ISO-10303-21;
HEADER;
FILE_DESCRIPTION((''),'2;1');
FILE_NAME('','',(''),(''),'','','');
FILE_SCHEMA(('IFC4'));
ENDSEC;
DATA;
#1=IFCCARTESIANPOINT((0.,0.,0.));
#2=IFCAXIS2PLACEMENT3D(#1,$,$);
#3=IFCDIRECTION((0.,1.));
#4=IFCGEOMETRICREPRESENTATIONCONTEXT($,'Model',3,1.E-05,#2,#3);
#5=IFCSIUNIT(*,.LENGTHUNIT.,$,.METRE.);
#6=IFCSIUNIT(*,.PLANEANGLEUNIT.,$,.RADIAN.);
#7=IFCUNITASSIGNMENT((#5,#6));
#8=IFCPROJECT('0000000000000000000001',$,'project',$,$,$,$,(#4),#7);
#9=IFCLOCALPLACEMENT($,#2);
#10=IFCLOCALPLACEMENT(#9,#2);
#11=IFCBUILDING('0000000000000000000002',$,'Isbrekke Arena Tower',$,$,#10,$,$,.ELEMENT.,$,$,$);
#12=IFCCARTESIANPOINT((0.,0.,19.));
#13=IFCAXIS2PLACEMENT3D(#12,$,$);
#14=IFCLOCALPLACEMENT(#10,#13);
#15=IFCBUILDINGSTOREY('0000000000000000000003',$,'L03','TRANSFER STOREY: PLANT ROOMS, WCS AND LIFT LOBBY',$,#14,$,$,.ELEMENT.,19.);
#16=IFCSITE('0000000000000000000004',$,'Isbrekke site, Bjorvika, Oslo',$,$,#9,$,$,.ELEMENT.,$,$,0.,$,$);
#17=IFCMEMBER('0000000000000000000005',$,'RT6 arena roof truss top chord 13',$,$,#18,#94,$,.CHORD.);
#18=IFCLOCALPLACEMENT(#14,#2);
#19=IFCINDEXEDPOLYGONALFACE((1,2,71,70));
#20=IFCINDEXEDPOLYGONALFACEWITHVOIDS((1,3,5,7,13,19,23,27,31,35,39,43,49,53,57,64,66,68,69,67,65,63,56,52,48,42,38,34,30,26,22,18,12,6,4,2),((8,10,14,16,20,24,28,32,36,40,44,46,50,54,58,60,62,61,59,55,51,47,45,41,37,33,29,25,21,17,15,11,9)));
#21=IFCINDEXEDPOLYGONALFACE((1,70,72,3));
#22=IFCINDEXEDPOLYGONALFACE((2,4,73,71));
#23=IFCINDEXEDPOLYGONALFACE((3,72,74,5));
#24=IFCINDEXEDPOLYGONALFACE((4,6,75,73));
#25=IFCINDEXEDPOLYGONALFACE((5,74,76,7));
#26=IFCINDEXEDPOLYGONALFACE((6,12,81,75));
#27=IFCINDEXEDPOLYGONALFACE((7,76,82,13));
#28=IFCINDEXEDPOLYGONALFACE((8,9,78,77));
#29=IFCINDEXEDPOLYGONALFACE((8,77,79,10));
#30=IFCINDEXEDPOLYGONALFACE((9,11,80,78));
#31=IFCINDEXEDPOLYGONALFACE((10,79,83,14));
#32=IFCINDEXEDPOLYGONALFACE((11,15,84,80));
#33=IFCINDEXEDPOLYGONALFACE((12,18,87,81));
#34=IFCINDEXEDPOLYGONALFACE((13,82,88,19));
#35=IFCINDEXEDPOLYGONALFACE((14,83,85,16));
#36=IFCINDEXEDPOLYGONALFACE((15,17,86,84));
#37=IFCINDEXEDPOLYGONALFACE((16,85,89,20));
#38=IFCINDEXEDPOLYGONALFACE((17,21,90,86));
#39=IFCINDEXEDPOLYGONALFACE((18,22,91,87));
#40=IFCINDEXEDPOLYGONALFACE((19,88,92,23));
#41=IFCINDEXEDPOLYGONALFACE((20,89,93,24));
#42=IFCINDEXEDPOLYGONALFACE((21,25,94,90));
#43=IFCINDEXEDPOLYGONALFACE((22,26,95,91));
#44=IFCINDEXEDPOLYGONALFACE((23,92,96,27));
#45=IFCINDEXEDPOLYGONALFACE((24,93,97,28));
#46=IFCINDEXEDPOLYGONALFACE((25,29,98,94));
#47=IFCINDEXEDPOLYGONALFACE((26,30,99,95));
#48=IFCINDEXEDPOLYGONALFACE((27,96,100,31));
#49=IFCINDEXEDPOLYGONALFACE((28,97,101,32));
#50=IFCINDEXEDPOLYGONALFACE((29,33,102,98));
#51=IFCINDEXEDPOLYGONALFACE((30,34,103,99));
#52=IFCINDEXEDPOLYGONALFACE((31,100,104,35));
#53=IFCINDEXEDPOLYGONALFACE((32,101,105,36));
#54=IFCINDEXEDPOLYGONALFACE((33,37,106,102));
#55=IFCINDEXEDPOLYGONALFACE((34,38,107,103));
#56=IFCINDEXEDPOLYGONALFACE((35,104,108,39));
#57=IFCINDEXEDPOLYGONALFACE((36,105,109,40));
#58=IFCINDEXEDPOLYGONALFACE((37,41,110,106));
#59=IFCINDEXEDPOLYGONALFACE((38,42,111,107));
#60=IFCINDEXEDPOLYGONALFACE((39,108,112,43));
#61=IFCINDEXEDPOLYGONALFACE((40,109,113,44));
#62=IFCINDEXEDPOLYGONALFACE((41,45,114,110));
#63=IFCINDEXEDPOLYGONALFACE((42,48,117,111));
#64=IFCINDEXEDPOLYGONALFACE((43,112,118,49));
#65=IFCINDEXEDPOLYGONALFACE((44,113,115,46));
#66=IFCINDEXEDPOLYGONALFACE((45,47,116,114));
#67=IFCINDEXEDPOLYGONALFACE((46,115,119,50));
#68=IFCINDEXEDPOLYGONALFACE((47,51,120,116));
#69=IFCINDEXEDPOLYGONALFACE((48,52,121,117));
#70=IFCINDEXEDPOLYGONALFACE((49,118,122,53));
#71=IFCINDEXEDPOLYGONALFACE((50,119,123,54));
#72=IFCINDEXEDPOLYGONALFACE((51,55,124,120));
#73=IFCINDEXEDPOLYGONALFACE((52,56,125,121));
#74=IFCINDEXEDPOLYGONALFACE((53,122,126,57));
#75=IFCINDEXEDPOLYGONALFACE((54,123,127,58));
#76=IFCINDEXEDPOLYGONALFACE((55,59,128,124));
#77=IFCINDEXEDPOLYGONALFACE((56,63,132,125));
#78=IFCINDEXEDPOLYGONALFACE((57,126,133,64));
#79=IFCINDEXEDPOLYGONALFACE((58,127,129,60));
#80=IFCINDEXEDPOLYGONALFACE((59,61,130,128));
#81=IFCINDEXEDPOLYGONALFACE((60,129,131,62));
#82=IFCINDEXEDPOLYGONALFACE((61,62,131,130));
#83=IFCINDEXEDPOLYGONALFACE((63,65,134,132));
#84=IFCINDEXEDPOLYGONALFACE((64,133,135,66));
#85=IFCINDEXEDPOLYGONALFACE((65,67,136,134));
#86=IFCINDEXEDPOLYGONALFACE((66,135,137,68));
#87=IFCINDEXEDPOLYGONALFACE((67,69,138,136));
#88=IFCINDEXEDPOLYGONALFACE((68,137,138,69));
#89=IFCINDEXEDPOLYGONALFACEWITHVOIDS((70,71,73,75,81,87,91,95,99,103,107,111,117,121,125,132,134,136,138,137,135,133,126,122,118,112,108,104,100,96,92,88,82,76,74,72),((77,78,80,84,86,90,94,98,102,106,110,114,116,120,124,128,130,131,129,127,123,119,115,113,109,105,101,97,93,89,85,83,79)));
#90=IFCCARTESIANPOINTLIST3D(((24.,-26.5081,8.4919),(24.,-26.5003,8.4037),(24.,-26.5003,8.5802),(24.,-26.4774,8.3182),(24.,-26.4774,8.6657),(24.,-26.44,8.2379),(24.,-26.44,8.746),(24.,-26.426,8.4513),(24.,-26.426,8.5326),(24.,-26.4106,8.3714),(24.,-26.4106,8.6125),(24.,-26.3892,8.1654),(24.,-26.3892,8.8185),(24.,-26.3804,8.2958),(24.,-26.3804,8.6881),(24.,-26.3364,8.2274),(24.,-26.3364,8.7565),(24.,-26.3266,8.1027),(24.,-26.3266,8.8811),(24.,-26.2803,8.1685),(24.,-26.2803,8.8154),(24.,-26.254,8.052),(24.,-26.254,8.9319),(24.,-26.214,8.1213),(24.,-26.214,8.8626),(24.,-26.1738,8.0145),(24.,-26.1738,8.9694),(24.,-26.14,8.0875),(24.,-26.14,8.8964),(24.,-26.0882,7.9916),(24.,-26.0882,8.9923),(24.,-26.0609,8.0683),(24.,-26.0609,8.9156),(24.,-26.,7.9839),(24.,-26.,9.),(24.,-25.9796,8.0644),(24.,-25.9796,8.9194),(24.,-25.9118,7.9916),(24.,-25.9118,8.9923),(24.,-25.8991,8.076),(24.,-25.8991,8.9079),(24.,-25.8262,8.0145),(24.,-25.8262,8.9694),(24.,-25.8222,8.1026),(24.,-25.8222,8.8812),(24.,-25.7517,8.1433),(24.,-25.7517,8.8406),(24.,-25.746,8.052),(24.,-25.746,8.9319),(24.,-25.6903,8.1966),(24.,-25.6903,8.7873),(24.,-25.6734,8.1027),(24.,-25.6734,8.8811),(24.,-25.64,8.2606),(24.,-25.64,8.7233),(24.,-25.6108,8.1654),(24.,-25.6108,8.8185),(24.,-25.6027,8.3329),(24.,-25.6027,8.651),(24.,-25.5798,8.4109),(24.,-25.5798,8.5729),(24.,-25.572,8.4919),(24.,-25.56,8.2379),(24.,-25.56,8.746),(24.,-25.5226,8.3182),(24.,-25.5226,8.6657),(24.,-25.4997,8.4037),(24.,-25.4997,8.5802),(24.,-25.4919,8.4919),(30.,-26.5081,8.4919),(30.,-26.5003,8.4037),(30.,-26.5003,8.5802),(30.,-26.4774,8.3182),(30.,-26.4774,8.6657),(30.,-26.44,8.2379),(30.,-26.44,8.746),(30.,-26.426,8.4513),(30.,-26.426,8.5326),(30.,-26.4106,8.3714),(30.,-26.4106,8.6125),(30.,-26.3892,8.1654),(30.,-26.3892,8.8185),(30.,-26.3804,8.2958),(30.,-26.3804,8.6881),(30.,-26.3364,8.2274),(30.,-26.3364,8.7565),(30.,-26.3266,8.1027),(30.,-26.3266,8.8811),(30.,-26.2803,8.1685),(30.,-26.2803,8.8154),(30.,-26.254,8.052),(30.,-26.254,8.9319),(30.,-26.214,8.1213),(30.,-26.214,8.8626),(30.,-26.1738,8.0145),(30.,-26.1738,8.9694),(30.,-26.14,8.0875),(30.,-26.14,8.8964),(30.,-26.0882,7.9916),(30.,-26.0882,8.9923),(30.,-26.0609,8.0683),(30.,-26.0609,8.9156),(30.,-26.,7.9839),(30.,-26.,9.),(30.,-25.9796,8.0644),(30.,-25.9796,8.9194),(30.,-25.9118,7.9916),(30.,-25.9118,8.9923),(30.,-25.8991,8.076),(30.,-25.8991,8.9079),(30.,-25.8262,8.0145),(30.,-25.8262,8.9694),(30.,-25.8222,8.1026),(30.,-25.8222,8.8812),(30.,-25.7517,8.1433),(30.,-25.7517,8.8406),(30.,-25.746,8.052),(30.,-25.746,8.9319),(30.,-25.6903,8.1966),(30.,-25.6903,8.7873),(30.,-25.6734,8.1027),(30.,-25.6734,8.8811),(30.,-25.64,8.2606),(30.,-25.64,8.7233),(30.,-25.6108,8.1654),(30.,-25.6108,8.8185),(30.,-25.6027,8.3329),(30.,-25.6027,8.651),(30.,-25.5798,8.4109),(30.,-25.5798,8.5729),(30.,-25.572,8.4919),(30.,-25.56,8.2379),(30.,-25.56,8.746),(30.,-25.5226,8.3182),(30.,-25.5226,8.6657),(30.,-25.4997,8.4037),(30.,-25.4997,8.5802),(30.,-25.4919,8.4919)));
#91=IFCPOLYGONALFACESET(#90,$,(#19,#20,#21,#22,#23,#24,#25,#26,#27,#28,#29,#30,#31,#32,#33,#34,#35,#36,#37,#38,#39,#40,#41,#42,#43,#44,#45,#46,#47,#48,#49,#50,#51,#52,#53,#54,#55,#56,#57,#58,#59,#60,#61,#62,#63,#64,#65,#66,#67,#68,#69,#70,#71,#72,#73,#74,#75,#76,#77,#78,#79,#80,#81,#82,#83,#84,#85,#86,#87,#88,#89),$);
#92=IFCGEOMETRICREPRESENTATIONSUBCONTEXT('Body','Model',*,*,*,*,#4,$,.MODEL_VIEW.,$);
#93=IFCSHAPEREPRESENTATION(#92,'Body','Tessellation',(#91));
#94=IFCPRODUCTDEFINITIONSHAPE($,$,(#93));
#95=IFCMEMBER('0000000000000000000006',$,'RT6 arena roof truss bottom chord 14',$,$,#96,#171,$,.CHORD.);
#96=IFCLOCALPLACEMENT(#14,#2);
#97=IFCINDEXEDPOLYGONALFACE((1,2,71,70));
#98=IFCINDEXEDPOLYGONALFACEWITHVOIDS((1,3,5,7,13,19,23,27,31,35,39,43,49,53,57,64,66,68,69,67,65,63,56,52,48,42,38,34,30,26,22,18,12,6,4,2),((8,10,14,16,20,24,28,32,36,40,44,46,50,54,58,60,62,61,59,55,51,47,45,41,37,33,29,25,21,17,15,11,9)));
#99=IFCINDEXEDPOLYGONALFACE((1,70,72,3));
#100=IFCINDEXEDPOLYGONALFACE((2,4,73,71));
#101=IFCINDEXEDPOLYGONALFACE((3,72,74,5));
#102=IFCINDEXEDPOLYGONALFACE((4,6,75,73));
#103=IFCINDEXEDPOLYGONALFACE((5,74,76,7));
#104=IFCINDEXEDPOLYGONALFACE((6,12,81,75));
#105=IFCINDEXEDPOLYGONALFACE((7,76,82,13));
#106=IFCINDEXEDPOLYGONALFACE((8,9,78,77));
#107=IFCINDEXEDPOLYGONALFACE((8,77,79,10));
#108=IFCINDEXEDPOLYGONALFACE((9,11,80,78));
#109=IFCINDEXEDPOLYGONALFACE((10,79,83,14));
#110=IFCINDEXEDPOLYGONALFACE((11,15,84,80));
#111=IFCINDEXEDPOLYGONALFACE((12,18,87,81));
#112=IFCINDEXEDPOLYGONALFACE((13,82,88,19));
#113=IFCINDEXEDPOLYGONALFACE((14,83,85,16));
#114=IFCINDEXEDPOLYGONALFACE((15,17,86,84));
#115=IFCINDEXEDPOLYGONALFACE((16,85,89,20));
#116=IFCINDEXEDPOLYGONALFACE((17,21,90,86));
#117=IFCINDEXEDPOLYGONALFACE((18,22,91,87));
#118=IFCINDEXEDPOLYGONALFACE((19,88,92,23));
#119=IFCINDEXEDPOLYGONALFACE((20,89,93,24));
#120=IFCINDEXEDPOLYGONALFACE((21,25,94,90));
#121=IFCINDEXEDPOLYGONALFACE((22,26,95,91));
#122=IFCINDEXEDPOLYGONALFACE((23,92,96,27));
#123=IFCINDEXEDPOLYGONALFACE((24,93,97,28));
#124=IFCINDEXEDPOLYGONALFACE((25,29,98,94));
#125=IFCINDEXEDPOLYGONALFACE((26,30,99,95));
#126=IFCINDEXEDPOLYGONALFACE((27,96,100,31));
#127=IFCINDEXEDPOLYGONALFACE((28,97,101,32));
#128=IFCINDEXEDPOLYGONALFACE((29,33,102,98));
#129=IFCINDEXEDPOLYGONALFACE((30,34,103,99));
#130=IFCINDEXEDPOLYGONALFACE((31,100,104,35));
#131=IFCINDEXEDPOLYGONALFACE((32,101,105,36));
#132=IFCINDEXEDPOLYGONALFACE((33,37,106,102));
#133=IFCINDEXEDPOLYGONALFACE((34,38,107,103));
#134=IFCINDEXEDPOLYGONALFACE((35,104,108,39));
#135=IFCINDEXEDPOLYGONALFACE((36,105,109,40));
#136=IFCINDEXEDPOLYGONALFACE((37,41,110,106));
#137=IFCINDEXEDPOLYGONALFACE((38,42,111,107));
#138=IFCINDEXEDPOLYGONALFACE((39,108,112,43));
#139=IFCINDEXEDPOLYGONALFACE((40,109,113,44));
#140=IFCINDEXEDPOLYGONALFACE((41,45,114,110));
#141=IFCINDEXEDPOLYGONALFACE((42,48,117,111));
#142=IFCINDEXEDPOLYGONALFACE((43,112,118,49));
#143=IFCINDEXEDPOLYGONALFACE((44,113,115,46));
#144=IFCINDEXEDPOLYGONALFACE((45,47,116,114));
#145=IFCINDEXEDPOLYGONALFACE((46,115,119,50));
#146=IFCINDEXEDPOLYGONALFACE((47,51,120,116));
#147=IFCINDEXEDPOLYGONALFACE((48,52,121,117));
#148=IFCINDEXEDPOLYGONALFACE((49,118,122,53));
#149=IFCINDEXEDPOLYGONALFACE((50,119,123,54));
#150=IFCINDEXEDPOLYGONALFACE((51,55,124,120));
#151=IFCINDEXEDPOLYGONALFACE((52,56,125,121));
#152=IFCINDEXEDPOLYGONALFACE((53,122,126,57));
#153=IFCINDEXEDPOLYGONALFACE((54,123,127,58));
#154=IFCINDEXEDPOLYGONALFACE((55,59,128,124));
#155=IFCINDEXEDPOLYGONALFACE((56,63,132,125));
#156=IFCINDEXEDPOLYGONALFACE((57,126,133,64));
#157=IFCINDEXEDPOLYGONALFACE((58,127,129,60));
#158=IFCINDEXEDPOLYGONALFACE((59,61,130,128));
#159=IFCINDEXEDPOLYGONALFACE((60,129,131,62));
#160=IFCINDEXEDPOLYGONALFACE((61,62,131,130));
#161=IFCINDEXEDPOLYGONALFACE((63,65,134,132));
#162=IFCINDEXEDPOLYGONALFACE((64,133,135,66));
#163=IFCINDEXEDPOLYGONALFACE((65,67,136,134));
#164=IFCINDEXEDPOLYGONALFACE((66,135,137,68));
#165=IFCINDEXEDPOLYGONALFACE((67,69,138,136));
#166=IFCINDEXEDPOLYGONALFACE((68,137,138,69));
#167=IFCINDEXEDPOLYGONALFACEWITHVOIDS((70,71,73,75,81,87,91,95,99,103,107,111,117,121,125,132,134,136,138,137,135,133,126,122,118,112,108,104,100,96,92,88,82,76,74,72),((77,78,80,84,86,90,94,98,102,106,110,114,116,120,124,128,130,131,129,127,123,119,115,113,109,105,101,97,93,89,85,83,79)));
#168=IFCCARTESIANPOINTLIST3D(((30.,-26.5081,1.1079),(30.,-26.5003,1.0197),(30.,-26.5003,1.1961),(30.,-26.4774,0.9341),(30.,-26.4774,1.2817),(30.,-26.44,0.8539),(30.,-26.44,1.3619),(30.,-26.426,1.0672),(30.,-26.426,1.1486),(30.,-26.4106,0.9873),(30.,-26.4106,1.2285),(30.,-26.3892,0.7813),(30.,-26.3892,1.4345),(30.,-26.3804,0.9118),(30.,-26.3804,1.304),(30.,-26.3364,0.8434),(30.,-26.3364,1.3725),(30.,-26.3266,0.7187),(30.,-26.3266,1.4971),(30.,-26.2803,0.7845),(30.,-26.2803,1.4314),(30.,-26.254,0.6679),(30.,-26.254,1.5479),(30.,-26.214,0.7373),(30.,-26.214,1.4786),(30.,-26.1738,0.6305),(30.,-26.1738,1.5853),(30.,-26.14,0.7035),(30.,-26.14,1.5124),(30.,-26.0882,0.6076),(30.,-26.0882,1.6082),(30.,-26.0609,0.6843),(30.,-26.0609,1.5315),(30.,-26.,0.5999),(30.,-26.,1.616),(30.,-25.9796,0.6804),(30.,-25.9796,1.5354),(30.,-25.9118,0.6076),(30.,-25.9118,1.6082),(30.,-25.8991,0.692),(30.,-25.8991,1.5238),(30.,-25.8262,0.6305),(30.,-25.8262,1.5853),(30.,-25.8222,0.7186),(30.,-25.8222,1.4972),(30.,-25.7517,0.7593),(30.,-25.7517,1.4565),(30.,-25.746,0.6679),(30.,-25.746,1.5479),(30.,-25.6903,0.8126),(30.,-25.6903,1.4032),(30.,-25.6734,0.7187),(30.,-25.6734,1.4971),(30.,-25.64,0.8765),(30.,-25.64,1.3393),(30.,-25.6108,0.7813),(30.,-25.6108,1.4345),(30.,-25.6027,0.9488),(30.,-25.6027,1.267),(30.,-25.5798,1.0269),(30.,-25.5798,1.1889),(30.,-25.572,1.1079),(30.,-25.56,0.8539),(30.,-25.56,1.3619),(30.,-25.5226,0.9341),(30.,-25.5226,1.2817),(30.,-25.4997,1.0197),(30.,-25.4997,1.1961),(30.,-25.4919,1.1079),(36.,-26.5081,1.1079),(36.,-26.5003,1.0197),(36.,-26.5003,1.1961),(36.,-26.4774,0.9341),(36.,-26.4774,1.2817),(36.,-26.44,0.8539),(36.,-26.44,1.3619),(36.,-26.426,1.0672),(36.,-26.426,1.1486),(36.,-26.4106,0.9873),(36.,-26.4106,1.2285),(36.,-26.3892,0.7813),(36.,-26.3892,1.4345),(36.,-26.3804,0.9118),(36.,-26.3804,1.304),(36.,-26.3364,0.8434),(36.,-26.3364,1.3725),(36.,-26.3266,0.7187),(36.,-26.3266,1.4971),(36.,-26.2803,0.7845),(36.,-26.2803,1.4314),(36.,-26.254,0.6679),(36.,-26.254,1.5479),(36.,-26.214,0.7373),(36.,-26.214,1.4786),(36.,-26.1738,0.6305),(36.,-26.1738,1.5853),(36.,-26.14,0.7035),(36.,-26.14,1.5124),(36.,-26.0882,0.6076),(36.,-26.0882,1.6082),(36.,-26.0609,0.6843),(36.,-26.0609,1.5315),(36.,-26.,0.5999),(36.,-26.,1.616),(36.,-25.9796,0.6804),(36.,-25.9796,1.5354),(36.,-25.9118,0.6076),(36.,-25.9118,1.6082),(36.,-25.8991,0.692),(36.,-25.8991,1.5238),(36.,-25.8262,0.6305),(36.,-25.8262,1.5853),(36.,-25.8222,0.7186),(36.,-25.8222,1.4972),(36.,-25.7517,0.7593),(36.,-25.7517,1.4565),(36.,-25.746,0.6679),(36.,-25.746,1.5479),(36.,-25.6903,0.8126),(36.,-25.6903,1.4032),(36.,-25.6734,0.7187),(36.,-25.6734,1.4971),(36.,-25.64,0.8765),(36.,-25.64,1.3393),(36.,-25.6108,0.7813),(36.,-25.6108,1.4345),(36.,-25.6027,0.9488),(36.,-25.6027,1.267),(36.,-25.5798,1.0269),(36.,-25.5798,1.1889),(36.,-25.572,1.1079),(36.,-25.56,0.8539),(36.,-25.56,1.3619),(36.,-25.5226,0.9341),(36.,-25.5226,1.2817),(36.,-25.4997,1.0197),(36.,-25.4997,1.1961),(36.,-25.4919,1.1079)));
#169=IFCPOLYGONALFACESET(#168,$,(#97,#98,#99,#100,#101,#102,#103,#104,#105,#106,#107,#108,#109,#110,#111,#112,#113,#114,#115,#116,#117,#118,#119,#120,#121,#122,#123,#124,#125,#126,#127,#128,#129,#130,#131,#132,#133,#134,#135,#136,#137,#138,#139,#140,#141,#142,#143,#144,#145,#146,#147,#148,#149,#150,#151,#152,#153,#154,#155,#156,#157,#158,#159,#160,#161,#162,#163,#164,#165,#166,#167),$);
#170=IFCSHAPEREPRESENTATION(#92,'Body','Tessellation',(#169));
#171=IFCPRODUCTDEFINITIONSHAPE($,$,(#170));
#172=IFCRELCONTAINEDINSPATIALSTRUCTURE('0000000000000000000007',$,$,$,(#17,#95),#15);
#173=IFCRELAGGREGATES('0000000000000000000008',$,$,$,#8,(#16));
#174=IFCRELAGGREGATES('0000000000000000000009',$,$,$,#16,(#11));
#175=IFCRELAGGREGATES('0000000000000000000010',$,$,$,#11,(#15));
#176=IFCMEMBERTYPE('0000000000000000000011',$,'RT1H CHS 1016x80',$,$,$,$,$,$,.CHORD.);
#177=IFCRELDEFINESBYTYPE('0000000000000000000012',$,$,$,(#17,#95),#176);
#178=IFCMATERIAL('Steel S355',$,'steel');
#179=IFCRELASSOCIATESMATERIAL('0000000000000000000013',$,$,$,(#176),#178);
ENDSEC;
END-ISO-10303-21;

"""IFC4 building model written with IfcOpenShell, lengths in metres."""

from ifc_helpers import new_model, si_unit, direction, frame, origin, origin_2d, place, context, subcontext, project, spatial, hollow_circle, extrude, material, material_profile, profile_set, type_object, element, save


model = new_model("IFC4")

# Units and contexts
model_context = context("Model", 3, precision=1e-05, world=origin(), true_north=direction((0.0, 1.0)))
body_context = subcontext(model_context, "Body", "Model", "MODEL_VIEW")
ifc_project = project(units=[si_unit("LENGTHUNIT", "METRE"), si_unit("PLANEANGLEUNIT", "RADIAN")], contexts=[model_context])

# Site, building, storey
site_placement = place(None, origin())
site = spatial("IfcSite", under=ifc_project, at=site_placement, Name="Isbrekke site, Bjorvika, Oslo", CompositionType="ELEMENT", RefElevation=0.0)
building_placement = place(site_placement, origin())
building = spatial("IfcBuilding", under=site, at=building_placement, Name="Isbrekke Arena Tower", CompositionType="ELEMENT")
storey_placement = place(building_placement, frame((0.0, 0.0, 19.0)))
storey = spatial("IfcBuildingStorey", under=building, at=storey_placement, Name="L03", Description="TRANSFER STOREY: PLANT ROOMS, WCS AND LIFT LOBBY", CompositionType="ELEMENT", Elevation=19.0)

# Members
ifc_material_1 = material(Name="Steel S355", Category="steel")
ifc_material_profile_1 = material_profile(ifc_material_1, hollow_circle(Radius=0.5081, WallThickness=0.0801, at=origin_2d()), Name="CHS 1016x80")
ifc_profile_set_1 = profile_set([ifc_material_profile_1], Name="Steel S355")
member_type_1 = type_object("IfcMemberType", Name="RT1H CHS 1016x80", PredefinedType="CHORD", material=ifc_profile_set_1)
for number, where, z_axis, x_axis, name in (
    (1, (24.0, -26.0, 8.4919), (1.0, 0.0, 0.0), (0.0, 1.0, 0.0), "RT6 arena roof truss top chord 13"),
    (2, (30.0, -26.0, 1.1079), (1.0, 0.0, 0.0), (0.0, 1.0, 0.0), "RT6 arena roof truss bottom chord 14"),
):
    element("IfcMember", number, at=place(storey_placement, frame(where, z_axis=z_axis, x_axis=x_axis)), inside=storey, type_object=member_type_1, Name=name, PredefinedType="CHORD", context=body_context, shape_type="SweptSolid", body=[
        extrude(hollow_circle(Radius=0.5081, WallThickness=0.0801, at=origin_2d()), origin(), (0.0, 0.0, 1.0), 6.0),
    ])

save(model, "model.ifc")
